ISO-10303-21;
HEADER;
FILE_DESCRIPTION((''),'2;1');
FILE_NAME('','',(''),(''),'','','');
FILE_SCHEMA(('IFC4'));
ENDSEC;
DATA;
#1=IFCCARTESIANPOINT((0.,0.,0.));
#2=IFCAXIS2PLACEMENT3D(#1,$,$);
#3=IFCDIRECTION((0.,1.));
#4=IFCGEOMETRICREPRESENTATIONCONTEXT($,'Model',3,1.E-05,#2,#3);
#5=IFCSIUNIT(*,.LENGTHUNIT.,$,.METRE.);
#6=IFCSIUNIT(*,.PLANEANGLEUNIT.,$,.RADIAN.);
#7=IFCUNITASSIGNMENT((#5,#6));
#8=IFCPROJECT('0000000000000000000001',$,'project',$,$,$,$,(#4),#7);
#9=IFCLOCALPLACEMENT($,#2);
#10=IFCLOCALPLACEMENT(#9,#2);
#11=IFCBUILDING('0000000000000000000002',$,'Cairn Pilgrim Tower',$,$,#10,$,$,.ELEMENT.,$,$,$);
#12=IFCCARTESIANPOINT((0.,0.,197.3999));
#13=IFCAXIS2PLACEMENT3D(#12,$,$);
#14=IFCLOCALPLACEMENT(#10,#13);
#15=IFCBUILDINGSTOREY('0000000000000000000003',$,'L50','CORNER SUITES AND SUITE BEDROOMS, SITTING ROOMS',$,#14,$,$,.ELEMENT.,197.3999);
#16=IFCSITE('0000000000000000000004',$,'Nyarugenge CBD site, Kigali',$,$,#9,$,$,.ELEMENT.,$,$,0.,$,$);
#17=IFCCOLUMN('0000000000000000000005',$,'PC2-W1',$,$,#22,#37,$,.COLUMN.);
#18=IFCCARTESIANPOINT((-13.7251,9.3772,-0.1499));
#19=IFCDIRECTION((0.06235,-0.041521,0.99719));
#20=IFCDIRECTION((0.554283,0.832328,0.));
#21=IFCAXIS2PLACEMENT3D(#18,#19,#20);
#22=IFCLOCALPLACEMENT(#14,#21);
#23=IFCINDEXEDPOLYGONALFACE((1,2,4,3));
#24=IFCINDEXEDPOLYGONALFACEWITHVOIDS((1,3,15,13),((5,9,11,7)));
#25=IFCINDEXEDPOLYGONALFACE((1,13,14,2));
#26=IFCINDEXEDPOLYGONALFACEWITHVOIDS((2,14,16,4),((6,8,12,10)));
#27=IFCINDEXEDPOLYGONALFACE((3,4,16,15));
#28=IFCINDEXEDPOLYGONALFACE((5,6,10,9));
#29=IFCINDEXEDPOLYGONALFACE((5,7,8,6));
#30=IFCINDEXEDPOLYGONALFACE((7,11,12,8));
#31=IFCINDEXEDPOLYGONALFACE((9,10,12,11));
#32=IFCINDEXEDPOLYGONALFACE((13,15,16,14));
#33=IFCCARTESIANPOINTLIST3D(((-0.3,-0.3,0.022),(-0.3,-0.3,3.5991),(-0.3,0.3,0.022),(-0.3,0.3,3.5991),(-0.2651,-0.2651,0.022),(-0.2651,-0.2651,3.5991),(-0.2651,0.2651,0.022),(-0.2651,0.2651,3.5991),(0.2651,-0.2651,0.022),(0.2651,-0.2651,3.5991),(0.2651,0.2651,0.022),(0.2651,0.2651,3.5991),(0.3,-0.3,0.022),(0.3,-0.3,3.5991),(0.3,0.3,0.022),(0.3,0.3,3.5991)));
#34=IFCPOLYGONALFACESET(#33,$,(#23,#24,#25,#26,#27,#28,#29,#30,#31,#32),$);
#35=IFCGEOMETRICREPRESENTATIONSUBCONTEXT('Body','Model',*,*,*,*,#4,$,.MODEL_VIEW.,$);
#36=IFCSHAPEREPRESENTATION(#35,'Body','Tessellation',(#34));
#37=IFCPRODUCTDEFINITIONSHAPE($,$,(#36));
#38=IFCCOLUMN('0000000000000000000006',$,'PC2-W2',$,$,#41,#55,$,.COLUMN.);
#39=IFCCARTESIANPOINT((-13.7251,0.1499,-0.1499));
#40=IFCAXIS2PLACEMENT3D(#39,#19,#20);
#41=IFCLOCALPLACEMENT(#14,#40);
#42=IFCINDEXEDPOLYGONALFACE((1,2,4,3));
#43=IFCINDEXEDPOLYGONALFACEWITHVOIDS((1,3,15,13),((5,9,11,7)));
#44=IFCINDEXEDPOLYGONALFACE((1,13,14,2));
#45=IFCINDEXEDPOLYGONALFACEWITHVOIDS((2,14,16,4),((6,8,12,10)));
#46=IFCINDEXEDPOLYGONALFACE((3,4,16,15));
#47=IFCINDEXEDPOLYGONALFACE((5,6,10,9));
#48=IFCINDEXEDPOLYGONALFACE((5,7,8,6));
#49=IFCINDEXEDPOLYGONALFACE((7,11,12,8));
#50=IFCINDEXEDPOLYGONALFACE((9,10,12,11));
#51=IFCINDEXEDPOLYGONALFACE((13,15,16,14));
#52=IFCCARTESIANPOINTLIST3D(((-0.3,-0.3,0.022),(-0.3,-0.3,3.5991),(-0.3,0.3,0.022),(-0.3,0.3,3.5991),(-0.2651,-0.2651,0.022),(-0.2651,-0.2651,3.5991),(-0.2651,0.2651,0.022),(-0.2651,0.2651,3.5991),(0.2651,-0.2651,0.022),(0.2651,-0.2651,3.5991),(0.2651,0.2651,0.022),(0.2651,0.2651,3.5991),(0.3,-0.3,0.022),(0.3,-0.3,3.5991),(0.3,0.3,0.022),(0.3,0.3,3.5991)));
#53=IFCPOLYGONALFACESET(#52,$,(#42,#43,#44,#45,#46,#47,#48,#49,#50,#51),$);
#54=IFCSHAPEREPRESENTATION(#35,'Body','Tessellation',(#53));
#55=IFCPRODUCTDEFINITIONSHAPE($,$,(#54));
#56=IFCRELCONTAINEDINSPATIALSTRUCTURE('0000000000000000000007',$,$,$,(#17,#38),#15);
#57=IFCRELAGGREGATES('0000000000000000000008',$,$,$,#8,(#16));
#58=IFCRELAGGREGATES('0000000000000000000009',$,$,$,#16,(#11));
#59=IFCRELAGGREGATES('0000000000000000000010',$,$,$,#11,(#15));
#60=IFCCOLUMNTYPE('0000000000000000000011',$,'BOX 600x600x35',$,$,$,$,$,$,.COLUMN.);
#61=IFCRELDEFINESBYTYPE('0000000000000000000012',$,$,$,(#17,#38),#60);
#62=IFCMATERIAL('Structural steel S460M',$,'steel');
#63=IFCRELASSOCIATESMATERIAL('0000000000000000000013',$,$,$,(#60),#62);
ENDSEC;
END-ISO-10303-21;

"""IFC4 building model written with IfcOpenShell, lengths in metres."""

from ifc_helpers import new_model, si_unit, direction, frame, origin, origin_2d, place, context, subcontext, project, spatial, hollow_rectangle, extrude, clip, halfspace, material, material_profile, profile_set, type_object, element, save


model = new_model("IFC4")

# Units and contexts
model_context = context("Model", 3, precision=1e-05, world=origin(), true_north=direction((0.0, 1.0)))
body_context = subcontext(model_context, "Body", "Model", "MODEL_VIEW")
ifc_project = project(units=[si_unit("LENGTHUNIT", "METRE"), si_unit("PLANEANGLEUNIT", "RADIAN")], contexts=[model_context])

# Site, building, storey
site_placement = place(None, origin())
site = spatial("IfcSite", under=ifc_project, at=site_placement, Name="Nyarugenge CBD site, Kigali", CompositionType="ELEMENT", RefElevation=0.0)
building_placement = place(site_placement, origin())
building = spatial("IfcBuilding", under=site, at=building_placement, Name="Cairn Pilgrim Tower", CompositionType="ELEMENT")
storey_placement = place(building_placement, frame((0.0, 0.0, 197.3999)))
storey = spatial("IfcBuildingStorey", under=building, at=storey_placement, Name="L50", Description="CORNER SUITES AND SUITE BEDROOMS, SITTING ROOMS", CompositionType="ELEMENT", Elevation=197.3999)

# Columns
ifc_material_1 = material(Name="Structural steel S460M", Category="steel")
ifc_material_profile_1 = material_profile(ifc_material_1, hollow_rectangle(XDim=0.6001, YDim=0.6001, WallThickness=0.0349, at=origin_2d()), Name="BOX 600x600x35")
ifc_profile_set_1 = profile_set([ifc_material_profile_1], Name="Structural steel S460M")
column_type_1 = type_object("IfcColumnType", Name="BOX 600x600x35", PredefinedType="COLUMN", material=ifc_profile_set_1)
for number, where, z_axis, x_axis, name in (
    (1, (-13.7251, 9.3772, -0.1499), (0.06235, -0.041521, 0.99719), (0.554283, 0.832328, 0.0), "PC2-W1"),
    (2, (-13.7251, 0.1499, -0.1499), (0.06235, -0.041521, 0.99719), (0.554283, 0.832328, 0.0), "PC2-W2"),
):
    element("IfcColumn", number, at=place(storey_placement, frame(where, z_axis=z_axis, x_axis=x_axis)), inside=storey, type_object=column_type_1, Name=name, PredefinedType="COLUMN", context=body_context, shape_type="Clipping", body=[
        clip(clip(extrude(hollow_rectangle(XDim=0.6001, YDim=0.6001, WallThickness=0.0349, at=origin_2d()), origin(), (0.0, 0.0, 1.0), 3.6104), halfspace(frame((0.0, 0.0, 0.022), z_axis=(0.0, 0.0, 1.0), x_axis=(1.0, 0.0, 0.0)), True)), halfspace(frame((0.0, 0.0, 3.5991), z_axis=(0.0, 0.0, 1.0), x_axis=(1.0, 0.0, 0.0)), False)),
    ])

save(model, "model.ifc")
